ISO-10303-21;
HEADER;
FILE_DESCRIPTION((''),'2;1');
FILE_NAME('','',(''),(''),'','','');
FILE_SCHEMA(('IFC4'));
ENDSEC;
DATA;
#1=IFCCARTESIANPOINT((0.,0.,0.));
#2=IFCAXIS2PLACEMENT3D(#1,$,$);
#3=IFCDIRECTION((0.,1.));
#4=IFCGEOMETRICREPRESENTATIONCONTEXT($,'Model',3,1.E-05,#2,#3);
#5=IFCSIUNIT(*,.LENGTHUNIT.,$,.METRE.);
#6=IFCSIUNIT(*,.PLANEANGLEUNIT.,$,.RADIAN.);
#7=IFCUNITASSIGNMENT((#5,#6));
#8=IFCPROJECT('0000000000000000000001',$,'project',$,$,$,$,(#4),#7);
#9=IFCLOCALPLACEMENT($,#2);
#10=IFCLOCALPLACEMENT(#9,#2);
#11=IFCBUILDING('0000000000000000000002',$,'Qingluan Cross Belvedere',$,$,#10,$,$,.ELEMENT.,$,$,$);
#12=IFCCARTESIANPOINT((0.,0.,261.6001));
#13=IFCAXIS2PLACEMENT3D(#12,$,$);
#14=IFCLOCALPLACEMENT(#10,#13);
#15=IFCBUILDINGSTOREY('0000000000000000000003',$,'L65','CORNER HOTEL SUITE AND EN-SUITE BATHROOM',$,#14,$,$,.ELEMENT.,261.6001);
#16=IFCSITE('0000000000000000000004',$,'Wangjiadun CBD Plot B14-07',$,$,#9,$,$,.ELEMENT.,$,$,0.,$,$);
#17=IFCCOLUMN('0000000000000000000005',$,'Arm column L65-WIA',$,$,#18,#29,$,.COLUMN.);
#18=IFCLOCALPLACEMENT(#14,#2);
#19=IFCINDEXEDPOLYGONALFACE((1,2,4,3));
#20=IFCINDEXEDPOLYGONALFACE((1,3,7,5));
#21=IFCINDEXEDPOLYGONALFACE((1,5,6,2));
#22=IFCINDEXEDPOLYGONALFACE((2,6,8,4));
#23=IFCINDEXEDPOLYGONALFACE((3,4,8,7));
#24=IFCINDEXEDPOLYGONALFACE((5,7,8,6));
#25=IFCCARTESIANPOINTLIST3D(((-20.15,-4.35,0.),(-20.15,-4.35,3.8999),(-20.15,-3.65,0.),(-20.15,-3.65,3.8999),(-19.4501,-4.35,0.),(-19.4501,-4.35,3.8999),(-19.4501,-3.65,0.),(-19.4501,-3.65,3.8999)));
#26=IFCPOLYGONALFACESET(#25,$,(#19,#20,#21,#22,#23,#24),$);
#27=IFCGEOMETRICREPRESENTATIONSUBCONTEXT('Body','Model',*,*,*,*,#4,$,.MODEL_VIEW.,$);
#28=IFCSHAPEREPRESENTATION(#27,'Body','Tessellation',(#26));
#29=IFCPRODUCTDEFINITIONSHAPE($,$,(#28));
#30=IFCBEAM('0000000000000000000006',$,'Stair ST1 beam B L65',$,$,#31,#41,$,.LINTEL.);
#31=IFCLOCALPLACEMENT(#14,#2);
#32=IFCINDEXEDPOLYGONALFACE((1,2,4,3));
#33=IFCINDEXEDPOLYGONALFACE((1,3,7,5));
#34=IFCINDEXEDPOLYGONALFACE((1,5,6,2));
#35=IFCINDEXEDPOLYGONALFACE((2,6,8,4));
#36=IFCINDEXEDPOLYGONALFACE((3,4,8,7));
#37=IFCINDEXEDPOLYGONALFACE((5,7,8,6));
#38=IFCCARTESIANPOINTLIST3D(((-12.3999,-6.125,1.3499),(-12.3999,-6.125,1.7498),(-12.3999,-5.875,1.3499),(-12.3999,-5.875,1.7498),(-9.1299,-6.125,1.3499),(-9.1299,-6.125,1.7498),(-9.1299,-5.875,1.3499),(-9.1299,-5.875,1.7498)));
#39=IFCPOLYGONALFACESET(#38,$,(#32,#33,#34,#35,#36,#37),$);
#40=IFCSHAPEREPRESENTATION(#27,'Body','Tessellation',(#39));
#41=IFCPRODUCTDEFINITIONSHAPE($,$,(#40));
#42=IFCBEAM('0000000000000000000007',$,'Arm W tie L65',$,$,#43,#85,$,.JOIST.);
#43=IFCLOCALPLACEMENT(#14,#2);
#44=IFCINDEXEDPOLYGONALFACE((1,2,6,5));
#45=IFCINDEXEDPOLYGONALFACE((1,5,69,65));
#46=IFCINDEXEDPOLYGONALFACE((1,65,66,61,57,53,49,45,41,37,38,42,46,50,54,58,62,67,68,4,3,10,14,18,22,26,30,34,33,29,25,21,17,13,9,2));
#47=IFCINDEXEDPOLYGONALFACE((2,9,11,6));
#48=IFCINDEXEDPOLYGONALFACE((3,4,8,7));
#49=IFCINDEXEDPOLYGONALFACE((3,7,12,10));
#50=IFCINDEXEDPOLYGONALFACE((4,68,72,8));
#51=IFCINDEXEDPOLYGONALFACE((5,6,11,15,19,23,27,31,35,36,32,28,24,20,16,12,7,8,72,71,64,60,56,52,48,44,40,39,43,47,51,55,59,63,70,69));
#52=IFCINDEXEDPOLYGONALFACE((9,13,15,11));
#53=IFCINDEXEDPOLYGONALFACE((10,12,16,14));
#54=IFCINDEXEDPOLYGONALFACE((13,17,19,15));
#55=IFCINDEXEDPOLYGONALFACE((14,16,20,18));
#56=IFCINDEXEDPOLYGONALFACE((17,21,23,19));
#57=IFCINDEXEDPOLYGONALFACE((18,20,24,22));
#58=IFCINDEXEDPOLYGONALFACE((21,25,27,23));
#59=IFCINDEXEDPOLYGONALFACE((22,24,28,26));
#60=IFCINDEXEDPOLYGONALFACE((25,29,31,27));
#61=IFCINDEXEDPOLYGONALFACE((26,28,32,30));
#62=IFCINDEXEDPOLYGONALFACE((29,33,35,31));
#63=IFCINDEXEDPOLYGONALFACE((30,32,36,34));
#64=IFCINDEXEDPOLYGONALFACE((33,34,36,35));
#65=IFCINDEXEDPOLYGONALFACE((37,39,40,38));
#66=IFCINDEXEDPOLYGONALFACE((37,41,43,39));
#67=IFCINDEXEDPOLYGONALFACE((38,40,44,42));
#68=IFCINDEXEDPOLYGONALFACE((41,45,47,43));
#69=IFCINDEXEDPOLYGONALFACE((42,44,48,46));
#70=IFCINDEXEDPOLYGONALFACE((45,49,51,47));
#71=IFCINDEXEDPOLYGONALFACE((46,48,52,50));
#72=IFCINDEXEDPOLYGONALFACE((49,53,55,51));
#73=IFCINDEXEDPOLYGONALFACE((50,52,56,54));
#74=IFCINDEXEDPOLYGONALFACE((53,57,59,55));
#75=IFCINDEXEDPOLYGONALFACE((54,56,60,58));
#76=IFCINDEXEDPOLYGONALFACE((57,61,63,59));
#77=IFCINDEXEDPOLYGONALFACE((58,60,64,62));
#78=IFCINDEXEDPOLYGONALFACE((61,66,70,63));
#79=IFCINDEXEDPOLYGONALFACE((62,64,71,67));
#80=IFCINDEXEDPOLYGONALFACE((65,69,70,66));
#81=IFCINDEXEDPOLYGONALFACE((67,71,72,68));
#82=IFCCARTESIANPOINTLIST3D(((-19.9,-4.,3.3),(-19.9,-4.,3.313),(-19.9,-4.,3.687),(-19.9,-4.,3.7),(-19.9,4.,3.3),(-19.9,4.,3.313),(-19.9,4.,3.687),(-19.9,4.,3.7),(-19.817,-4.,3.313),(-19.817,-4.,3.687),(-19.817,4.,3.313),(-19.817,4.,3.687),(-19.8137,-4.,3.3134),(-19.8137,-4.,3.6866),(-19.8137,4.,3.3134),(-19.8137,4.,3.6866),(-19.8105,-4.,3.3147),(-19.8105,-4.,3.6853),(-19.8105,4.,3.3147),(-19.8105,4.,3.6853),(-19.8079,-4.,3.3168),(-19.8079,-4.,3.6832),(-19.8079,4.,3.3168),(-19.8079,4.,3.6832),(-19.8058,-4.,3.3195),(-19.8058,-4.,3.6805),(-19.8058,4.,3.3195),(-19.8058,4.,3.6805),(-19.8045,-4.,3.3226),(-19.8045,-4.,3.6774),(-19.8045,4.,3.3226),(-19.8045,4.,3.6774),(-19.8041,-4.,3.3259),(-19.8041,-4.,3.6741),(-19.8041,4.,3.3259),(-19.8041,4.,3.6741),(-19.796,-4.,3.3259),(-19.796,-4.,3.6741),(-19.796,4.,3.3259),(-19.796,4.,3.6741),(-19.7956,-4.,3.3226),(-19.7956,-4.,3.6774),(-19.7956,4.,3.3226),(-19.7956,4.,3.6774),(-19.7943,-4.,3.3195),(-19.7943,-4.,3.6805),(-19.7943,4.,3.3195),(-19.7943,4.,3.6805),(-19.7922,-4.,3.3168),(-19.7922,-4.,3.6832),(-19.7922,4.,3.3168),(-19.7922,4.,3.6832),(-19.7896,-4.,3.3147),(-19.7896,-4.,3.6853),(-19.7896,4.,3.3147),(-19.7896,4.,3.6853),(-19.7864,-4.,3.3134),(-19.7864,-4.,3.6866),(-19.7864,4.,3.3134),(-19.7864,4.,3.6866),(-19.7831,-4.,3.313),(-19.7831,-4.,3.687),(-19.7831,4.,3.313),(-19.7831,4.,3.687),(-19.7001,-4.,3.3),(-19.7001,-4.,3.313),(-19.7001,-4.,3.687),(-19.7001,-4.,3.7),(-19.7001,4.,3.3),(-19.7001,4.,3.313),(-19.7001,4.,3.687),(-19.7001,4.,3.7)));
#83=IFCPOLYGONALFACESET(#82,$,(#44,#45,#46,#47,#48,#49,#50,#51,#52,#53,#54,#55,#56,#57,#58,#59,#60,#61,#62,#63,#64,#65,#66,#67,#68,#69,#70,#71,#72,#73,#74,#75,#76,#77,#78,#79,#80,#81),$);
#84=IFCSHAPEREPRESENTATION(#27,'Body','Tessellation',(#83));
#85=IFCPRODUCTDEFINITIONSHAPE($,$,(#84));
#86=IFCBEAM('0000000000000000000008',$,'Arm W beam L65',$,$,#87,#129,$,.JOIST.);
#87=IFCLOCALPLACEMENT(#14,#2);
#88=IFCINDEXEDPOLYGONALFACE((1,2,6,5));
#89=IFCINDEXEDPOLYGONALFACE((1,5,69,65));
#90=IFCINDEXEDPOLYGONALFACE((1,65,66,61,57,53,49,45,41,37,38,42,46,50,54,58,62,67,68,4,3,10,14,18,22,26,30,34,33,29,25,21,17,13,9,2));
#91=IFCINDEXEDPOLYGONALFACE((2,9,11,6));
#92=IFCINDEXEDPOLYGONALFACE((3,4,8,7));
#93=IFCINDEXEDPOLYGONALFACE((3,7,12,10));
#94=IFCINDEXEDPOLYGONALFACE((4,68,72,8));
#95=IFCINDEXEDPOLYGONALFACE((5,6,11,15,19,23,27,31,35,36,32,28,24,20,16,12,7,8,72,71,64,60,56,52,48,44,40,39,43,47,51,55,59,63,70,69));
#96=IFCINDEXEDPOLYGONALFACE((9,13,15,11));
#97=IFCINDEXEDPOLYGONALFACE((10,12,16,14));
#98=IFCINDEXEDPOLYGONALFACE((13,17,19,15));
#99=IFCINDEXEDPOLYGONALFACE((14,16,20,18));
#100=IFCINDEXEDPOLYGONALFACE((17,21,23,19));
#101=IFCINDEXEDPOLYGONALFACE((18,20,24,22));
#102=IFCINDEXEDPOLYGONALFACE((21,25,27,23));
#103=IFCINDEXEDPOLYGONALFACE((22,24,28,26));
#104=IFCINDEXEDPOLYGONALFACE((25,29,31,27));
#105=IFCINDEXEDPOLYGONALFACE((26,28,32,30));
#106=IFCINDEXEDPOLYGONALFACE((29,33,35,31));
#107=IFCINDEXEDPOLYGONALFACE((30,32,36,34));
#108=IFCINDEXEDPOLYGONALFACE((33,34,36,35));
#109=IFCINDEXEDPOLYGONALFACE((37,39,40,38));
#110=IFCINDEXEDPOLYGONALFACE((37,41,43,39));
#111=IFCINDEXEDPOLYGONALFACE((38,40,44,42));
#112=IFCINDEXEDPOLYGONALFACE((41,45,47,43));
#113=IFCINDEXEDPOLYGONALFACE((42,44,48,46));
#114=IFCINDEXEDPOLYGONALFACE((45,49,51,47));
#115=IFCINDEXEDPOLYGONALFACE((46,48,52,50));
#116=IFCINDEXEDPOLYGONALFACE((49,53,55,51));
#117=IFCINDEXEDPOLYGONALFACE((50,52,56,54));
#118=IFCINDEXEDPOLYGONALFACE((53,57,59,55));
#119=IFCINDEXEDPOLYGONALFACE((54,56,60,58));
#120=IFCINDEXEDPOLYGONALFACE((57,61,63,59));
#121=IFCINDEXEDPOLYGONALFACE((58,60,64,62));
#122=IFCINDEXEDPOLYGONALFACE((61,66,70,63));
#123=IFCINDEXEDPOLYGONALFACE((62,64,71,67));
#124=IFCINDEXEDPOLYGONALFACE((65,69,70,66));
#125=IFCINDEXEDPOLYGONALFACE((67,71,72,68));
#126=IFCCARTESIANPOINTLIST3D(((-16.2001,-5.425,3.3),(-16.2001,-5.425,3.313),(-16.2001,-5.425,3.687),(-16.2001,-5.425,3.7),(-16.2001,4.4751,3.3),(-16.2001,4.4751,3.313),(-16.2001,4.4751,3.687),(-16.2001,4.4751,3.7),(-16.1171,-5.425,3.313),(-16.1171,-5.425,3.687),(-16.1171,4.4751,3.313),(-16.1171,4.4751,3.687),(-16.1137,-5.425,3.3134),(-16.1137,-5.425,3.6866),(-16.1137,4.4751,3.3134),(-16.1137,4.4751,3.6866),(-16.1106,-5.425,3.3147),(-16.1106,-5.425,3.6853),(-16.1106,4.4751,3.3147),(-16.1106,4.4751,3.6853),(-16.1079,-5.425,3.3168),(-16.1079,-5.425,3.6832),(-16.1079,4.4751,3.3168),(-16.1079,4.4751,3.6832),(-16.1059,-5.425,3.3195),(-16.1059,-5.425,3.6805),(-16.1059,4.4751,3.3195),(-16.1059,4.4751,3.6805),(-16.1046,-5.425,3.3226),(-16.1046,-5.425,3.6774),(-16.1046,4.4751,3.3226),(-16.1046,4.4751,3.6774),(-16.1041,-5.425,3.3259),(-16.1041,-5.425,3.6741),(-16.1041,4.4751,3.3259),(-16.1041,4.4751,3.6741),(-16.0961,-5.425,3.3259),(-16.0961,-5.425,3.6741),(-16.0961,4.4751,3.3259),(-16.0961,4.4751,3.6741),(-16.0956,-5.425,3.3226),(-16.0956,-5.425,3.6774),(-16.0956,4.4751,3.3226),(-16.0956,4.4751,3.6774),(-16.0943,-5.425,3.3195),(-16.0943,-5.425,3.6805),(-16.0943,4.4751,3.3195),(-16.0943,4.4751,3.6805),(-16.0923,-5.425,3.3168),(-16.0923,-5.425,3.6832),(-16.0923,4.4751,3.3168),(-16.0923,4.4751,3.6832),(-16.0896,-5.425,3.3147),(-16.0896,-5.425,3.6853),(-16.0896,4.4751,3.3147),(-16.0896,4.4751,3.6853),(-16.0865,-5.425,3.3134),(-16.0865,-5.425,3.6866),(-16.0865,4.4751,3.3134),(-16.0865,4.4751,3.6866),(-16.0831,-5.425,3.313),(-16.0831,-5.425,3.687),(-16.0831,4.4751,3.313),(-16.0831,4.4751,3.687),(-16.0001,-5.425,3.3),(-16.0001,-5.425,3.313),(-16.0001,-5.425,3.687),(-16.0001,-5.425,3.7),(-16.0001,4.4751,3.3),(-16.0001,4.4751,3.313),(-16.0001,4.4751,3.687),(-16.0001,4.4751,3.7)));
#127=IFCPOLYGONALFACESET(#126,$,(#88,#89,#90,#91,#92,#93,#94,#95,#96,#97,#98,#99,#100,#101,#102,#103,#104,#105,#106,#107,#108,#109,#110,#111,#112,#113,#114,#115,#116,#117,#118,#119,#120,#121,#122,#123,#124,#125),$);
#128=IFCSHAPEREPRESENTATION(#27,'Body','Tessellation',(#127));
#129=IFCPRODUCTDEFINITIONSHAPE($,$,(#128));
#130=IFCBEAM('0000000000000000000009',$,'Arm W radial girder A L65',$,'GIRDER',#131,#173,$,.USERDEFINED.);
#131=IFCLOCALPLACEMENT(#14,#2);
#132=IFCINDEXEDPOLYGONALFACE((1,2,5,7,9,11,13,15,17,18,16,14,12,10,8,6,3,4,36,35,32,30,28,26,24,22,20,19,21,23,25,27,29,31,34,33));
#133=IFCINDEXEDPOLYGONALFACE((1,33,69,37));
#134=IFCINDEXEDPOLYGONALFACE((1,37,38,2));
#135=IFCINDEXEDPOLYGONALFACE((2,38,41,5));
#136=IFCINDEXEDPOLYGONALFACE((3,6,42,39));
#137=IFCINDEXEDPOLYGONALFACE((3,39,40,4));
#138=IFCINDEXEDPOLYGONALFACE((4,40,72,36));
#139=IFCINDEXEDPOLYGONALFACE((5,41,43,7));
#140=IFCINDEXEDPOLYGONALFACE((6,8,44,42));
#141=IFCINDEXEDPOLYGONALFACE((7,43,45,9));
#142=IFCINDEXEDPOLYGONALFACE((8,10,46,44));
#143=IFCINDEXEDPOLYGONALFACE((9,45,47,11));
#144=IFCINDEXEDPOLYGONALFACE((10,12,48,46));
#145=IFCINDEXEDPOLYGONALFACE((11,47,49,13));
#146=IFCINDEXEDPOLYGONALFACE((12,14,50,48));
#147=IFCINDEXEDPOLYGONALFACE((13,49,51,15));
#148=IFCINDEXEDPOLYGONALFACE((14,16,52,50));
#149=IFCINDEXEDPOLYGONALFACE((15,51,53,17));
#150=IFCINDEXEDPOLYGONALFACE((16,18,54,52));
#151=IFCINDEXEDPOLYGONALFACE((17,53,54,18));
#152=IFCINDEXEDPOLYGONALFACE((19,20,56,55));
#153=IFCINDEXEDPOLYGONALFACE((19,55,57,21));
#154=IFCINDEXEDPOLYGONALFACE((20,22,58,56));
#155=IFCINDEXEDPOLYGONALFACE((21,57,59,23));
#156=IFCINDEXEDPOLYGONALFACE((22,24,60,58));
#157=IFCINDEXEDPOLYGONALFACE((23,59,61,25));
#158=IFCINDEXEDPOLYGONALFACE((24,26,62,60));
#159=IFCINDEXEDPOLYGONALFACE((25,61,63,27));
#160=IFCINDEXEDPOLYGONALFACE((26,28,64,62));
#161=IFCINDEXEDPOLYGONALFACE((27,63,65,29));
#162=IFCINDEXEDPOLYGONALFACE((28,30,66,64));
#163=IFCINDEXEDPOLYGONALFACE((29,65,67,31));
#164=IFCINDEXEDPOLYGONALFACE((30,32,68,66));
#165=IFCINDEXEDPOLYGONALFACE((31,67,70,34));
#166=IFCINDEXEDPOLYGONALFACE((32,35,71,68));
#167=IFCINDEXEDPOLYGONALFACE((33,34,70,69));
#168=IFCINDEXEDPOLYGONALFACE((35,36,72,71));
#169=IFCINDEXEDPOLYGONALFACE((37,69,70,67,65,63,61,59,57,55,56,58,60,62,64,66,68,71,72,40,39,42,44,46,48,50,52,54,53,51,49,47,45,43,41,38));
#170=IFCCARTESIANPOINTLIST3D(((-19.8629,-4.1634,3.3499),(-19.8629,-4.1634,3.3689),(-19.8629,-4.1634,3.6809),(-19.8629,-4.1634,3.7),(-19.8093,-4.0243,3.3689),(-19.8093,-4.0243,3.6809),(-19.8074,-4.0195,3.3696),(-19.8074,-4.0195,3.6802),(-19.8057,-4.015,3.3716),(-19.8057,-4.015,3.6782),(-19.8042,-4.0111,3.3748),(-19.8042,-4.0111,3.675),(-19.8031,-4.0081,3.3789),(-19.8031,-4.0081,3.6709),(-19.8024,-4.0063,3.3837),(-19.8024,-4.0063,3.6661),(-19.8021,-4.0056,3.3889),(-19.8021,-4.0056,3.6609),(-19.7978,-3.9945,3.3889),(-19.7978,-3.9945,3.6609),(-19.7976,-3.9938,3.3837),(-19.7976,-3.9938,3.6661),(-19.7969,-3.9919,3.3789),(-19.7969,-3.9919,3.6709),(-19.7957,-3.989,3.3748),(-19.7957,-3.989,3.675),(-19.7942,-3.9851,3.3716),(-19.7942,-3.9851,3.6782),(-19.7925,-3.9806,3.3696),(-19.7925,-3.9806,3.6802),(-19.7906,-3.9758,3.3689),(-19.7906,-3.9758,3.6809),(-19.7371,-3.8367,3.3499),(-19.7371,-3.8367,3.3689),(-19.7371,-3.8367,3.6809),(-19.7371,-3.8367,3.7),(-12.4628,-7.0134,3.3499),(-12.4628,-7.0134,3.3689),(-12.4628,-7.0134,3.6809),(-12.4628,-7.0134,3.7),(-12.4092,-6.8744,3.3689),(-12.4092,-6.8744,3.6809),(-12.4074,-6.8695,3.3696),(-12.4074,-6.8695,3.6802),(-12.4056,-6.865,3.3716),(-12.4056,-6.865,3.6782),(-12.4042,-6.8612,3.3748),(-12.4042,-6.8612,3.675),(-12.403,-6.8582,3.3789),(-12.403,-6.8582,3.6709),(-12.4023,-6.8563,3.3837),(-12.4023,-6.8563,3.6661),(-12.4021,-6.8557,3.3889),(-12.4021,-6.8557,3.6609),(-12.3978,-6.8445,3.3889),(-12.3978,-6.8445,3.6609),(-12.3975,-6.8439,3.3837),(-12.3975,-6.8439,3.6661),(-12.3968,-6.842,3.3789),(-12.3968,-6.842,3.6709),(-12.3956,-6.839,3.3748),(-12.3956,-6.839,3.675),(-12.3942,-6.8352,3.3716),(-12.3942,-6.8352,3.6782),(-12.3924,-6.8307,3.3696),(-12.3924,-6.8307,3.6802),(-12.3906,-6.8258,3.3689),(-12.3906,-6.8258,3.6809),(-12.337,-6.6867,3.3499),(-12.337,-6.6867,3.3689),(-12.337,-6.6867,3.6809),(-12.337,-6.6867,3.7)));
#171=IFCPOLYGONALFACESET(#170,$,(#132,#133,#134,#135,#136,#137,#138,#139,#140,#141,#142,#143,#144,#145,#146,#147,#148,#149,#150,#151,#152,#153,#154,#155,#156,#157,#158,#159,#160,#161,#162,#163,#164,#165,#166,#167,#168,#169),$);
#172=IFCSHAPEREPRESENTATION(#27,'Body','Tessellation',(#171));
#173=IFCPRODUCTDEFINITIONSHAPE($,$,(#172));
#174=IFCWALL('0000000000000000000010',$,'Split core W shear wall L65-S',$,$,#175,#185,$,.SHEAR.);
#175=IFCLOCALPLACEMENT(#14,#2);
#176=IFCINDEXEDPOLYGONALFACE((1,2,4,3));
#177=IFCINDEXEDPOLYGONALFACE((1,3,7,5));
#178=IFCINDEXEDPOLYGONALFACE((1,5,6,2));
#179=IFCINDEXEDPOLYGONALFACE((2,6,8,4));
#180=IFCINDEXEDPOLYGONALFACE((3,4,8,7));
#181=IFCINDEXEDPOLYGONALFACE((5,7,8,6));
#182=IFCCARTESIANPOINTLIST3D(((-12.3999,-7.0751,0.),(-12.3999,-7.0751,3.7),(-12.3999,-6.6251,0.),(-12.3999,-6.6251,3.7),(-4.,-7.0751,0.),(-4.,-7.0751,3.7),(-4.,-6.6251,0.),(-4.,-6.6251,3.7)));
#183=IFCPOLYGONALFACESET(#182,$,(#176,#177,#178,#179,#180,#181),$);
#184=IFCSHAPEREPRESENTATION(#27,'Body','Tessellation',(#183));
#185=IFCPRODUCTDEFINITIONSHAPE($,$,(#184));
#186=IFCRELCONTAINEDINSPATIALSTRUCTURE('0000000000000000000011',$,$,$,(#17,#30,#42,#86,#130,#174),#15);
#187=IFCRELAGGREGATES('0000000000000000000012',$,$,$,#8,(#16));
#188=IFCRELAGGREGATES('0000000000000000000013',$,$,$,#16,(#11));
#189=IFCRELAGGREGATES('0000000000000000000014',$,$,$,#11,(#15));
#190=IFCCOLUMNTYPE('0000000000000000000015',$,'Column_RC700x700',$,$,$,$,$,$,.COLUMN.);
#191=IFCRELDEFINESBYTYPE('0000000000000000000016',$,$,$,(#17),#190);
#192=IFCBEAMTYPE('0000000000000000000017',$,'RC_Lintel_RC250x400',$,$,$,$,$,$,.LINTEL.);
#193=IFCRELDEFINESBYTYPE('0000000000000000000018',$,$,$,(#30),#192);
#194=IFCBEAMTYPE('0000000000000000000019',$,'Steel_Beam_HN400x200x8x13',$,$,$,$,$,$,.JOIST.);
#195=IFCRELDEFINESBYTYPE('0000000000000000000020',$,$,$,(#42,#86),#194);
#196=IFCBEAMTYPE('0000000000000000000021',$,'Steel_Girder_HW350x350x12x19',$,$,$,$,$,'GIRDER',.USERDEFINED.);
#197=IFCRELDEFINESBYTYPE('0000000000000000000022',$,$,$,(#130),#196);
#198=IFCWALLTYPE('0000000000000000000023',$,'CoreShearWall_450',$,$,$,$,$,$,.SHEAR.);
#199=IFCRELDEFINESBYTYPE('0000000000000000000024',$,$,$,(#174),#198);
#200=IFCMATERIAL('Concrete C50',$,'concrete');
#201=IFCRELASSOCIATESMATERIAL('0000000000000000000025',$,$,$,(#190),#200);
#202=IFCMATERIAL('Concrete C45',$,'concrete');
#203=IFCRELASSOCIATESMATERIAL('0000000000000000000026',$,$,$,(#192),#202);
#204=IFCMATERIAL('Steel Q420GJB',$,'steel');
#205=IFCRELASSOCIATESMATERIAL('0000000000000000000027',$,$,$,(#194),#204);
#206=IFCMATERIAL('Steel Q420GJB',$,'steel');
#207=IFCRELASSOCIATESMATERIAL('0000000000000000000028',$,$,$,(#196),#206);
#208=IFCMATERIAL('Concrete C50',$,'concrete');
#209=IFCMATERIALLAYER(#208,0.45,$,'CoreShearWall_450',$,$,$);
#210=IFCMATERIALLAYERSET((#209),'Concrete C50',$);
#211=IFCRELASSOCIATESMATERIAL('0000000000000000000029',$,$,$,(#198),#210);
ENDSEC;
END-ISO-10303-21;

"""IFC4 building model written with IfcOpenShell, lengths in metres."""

from ifc_helpers import new_model, si_unit, direction, frame, frame_2d, origin, origin_2d, place, context, subcontext, project, spatial, rectangle, i_section, extrude, material, layer, layer_set, material_profile, profile_set, type_object, element, save


model = new_model("IFC4")

# Units and contexts
model_context = context("Model", 3, precision=1e-05, world=origin(), true_north=direction((0.0, 1.0)))
body_context = subcontext(model_context, "Body", "Model", "MODEL_VIEW")
ifc_project = project(units=[si_unit("LENGTHUNIT", "METRE"), si_unit("PLANEANGLEUNIT", "RADIAN")], contexts=[model_context])

# Site, building, storey
site_placement = place(None, origin())
site = spatial("IfcSite", under=ifc_project, at=site_placement, Name="Wangjiadun CBD Plot B14-07", CompositionType="ELEMENT", RefElevation=0.0)
building_placement = place(site_placement, origin())
building = spatial("IfcBuilding", under=site, at=building_placement, Name="Qingluan Cross Belvedere", CompositionType="ELEMENT")
storey_placement = place(building_placement, frame((0.0, 0.0, 261.6001)))
storey = spatial("IfcBuildingStorey", under=building, at=storey_placement, Name="L65", Description="CORNER HOTEL SUITE AND EN-SUITE BATHROOM", CompositionType="ELEMENT", Elevation=261.6001)

# Column
ifc_material_1 = material(Name="Concrete C50", Category="concrete")
ifc_material_profile_1 = material_profile(ifc_material_1, rectangle(XDim=0.7, YDim=0.7, at=origin_2d()), Name="RC700x700")
ifc_profile_set_1 = profile_set([ifc_material_profile_1], Name="Concrete C50")
column_type = type_object("IfcColumnType", Name="Column_RC700x700", PredefinedType="COLUMN", material=ifc_profile_set_1)
column_placement = place(storey_placement, frame((-19.8, -4.0, 0.0), z_axis=(0.0, 0.0, 1.0), x_axis=(1.0, 0.0, 0.0)))
element("IfcColumn", 1, at=column_placement, inside=storey, type_object=column_type, Name="Arm column L65-WIA", PredefinedType="COLUMN", context=body_context, shape_type="SweptSolid", body=[
    extrude(rectangle(XDim=0.7, YDim=0.7, at=origin_2d()), origin(), (0.0, 0.0, 1.0), 3.8999),
])

# Beams
ifc_material_2 = material(Name="Concrete C45", Category="concrete")
ifc_material_profile_2 = material_profile(ifc_material_2, rectangle(XDim=0.25, YDim=0.3999, at=origin_2d()), Name="RC250x400")
ifc_profile_set_2 = profile_set([ifc_material_profile_2], Name="Concrete C45")
beam_type_1 = type_object("IfcBeamType", Name="RC_Lintel_RC250x400", PredefinedType="LINTEL", material=ifc_profile_set_2)
beam_1_placement = place(storey_placement, frame((-12.3999, -6.0, 1.5498), z_axis=(1.0, 0.0, 0.0), x_axis=(0.0, 1.0, 0.0)))
element("IfcBeam", 2, at=beam_1_placement, inside=storey, type_object=beam_type_1, Name="Stair ST1 beam B L65", PredefinedType="LINTEL", context=body_context, shape_type="SweptSolid", body=[
    extrude(rectangle(XDim=0.25, YDim=0.3999, at=origin_2d()), origin(), (0.0, 0.0, 1.0), 3.27),
])
ifc_material_3 = material(Name="Steel Q420GJB", Category="steel")
ifc_material_profile_3 = material_profile(ifc_material_3, i_section(OverallWidth=0.2, OverallDepth=0.3999, WebThickness=0.0081, FlangeThickness=0.0129, FilletRadius=0.0129, at=origin_2d()), Name="HN400x200x8x13")
ifc_profile_set_3 = profile_set([ifc_material_profile_3], Name="Steel Q420GJB")
beam_type_2 = type_object("IfcBeamType", Name="Steel_Beam_HN400x200x8x13", PredefinedType="JOIST", material=ifc_profile_set_3)
beam_2_placement = place(storey_placement, frame((-19.8, -4.0, 3.5), z_axis=(0.0, 1.0, 0.0), x_axis=(-1.0, 0.0, 0.0)))
element("IfcBeam", 3, at=beam_2_placement, inside=storey, type_object=beam_type_2, Name="Arm W tie L65", PredefinedType="JOIST", context=body_context, shape_type="SweptSolid", body=[
    extrude(i_section(OverallWidth=0.2, OverallDepth=0.3999, WebThickness=0.0081, FlangeThickness=0.0129, FilletRadius=0.0129, at=origin_2d()), origin(), (0.0, 0.0, 1.0), 8.0),
])
beam_3_placement = place(storey_placement, frame((-16.1001, -5.425, 3.5), z_axis=(0.0, 1.0, 0.0), x_axis=(-1.0, 0.0, 0.0)))
element("IfcBeam", 4, at=beam_3_placement, inside=storey, type_object=beam_type_2, Name="Arm W beam L65", PredefinedType="JOIST", context=body_context, shape_type="SweptSolid", body=[
    extrude(i_section(OverallWidth=0.2, OverallDepth=0.3999, WebThickness=0.0081, FlangeThickness=0.0129, FilletRadius=0.0129, at=origin_2d()), origin(), (0.0, 0.0, 1.0), 9.9001),
])
ifc_material_4 = material(Name="Steel Q420GJB", Category="steel")
ifc_material_profile_4 = material_profile(ifc_material_4, i_section(OverallWidth=0.3501, OverallDepth=0.3501, WebThickness=0.012, FlangeThickness=0.019, FilletRadius=0.02, at=origin_2d()), Name="HW350x350x12x19")
ifc_profile_set_4 = profile_set([ifc_material_profile_4], Name="Steel Q420GJB")
beam_type_3 = type_object("IfcBeamType", Name="Steel_Girder_HW350x350x12x19", ElementType="GIRDER", PredefinedType="USERDEFINED", material=ifc_profile_set_4)
beam_4_placement = place(storey_placement, frame((-12.3999, -6.8501, 3.5249), z_axis=(-0.933181, 0.359406, 0.0), x_axis=(-0.359406, -0.933181, 0.0)))
element("IfcBeam", 5, at=beam_4_placement, inside=storey, type_object=beam_type_3, Name="Arm W radial girder A L65", ObjectType="GIRDER", PredefinedType="USERDEFINED", context=body_context, shape_type="SweptSolid", body=[
    extrude(i_section(OverallWidth=0.3501, OverallDepth=0.3501, WebThickness=0.012, FlangeThickness=0.019, FilletRadius=0.02, at=origin_2d()), origin(), (0.0, 0.0, 1.0), 7.9299),
])

# Wall
ifc_material_5 = material(Name="Concrete C50", Category="concrete")
ifc_layer_1 = layer(ifc_material_5, 0.45, Name="CoreShearWall_450")
ifc_layer_set_1 = layer_set([ifc_layer_1], Name="Concrete C50")
wall_type_1 = type_object("IfcWallType", Name="CoreShearWall_450", PredefinedType="SHEAR", material=ifc_layer_set_1)
wall_1_placement = place(storey_placement, frame((-12.3999, -6.8501, 0.0), z_axis=(0.0, 0.0, 1.0), x_axis=(1.0, 0.0, 0.0)))
element("IfcWall", 6, at=wall_1_placement, inside=storey, type_object=wall_type_1, Name="Split core W shear wall L65-S", PredefinedType="SHEAR", context=body_context, shape_type="SweptSolid", body=[
    extrude(rectangle(XDim=8.3999, YDim=0.45, at=frame_2d((4.2, 0.0))), origin(), (0.0, 0.0, 1.0), 3.7),
])

save(model, "model.ifc")
